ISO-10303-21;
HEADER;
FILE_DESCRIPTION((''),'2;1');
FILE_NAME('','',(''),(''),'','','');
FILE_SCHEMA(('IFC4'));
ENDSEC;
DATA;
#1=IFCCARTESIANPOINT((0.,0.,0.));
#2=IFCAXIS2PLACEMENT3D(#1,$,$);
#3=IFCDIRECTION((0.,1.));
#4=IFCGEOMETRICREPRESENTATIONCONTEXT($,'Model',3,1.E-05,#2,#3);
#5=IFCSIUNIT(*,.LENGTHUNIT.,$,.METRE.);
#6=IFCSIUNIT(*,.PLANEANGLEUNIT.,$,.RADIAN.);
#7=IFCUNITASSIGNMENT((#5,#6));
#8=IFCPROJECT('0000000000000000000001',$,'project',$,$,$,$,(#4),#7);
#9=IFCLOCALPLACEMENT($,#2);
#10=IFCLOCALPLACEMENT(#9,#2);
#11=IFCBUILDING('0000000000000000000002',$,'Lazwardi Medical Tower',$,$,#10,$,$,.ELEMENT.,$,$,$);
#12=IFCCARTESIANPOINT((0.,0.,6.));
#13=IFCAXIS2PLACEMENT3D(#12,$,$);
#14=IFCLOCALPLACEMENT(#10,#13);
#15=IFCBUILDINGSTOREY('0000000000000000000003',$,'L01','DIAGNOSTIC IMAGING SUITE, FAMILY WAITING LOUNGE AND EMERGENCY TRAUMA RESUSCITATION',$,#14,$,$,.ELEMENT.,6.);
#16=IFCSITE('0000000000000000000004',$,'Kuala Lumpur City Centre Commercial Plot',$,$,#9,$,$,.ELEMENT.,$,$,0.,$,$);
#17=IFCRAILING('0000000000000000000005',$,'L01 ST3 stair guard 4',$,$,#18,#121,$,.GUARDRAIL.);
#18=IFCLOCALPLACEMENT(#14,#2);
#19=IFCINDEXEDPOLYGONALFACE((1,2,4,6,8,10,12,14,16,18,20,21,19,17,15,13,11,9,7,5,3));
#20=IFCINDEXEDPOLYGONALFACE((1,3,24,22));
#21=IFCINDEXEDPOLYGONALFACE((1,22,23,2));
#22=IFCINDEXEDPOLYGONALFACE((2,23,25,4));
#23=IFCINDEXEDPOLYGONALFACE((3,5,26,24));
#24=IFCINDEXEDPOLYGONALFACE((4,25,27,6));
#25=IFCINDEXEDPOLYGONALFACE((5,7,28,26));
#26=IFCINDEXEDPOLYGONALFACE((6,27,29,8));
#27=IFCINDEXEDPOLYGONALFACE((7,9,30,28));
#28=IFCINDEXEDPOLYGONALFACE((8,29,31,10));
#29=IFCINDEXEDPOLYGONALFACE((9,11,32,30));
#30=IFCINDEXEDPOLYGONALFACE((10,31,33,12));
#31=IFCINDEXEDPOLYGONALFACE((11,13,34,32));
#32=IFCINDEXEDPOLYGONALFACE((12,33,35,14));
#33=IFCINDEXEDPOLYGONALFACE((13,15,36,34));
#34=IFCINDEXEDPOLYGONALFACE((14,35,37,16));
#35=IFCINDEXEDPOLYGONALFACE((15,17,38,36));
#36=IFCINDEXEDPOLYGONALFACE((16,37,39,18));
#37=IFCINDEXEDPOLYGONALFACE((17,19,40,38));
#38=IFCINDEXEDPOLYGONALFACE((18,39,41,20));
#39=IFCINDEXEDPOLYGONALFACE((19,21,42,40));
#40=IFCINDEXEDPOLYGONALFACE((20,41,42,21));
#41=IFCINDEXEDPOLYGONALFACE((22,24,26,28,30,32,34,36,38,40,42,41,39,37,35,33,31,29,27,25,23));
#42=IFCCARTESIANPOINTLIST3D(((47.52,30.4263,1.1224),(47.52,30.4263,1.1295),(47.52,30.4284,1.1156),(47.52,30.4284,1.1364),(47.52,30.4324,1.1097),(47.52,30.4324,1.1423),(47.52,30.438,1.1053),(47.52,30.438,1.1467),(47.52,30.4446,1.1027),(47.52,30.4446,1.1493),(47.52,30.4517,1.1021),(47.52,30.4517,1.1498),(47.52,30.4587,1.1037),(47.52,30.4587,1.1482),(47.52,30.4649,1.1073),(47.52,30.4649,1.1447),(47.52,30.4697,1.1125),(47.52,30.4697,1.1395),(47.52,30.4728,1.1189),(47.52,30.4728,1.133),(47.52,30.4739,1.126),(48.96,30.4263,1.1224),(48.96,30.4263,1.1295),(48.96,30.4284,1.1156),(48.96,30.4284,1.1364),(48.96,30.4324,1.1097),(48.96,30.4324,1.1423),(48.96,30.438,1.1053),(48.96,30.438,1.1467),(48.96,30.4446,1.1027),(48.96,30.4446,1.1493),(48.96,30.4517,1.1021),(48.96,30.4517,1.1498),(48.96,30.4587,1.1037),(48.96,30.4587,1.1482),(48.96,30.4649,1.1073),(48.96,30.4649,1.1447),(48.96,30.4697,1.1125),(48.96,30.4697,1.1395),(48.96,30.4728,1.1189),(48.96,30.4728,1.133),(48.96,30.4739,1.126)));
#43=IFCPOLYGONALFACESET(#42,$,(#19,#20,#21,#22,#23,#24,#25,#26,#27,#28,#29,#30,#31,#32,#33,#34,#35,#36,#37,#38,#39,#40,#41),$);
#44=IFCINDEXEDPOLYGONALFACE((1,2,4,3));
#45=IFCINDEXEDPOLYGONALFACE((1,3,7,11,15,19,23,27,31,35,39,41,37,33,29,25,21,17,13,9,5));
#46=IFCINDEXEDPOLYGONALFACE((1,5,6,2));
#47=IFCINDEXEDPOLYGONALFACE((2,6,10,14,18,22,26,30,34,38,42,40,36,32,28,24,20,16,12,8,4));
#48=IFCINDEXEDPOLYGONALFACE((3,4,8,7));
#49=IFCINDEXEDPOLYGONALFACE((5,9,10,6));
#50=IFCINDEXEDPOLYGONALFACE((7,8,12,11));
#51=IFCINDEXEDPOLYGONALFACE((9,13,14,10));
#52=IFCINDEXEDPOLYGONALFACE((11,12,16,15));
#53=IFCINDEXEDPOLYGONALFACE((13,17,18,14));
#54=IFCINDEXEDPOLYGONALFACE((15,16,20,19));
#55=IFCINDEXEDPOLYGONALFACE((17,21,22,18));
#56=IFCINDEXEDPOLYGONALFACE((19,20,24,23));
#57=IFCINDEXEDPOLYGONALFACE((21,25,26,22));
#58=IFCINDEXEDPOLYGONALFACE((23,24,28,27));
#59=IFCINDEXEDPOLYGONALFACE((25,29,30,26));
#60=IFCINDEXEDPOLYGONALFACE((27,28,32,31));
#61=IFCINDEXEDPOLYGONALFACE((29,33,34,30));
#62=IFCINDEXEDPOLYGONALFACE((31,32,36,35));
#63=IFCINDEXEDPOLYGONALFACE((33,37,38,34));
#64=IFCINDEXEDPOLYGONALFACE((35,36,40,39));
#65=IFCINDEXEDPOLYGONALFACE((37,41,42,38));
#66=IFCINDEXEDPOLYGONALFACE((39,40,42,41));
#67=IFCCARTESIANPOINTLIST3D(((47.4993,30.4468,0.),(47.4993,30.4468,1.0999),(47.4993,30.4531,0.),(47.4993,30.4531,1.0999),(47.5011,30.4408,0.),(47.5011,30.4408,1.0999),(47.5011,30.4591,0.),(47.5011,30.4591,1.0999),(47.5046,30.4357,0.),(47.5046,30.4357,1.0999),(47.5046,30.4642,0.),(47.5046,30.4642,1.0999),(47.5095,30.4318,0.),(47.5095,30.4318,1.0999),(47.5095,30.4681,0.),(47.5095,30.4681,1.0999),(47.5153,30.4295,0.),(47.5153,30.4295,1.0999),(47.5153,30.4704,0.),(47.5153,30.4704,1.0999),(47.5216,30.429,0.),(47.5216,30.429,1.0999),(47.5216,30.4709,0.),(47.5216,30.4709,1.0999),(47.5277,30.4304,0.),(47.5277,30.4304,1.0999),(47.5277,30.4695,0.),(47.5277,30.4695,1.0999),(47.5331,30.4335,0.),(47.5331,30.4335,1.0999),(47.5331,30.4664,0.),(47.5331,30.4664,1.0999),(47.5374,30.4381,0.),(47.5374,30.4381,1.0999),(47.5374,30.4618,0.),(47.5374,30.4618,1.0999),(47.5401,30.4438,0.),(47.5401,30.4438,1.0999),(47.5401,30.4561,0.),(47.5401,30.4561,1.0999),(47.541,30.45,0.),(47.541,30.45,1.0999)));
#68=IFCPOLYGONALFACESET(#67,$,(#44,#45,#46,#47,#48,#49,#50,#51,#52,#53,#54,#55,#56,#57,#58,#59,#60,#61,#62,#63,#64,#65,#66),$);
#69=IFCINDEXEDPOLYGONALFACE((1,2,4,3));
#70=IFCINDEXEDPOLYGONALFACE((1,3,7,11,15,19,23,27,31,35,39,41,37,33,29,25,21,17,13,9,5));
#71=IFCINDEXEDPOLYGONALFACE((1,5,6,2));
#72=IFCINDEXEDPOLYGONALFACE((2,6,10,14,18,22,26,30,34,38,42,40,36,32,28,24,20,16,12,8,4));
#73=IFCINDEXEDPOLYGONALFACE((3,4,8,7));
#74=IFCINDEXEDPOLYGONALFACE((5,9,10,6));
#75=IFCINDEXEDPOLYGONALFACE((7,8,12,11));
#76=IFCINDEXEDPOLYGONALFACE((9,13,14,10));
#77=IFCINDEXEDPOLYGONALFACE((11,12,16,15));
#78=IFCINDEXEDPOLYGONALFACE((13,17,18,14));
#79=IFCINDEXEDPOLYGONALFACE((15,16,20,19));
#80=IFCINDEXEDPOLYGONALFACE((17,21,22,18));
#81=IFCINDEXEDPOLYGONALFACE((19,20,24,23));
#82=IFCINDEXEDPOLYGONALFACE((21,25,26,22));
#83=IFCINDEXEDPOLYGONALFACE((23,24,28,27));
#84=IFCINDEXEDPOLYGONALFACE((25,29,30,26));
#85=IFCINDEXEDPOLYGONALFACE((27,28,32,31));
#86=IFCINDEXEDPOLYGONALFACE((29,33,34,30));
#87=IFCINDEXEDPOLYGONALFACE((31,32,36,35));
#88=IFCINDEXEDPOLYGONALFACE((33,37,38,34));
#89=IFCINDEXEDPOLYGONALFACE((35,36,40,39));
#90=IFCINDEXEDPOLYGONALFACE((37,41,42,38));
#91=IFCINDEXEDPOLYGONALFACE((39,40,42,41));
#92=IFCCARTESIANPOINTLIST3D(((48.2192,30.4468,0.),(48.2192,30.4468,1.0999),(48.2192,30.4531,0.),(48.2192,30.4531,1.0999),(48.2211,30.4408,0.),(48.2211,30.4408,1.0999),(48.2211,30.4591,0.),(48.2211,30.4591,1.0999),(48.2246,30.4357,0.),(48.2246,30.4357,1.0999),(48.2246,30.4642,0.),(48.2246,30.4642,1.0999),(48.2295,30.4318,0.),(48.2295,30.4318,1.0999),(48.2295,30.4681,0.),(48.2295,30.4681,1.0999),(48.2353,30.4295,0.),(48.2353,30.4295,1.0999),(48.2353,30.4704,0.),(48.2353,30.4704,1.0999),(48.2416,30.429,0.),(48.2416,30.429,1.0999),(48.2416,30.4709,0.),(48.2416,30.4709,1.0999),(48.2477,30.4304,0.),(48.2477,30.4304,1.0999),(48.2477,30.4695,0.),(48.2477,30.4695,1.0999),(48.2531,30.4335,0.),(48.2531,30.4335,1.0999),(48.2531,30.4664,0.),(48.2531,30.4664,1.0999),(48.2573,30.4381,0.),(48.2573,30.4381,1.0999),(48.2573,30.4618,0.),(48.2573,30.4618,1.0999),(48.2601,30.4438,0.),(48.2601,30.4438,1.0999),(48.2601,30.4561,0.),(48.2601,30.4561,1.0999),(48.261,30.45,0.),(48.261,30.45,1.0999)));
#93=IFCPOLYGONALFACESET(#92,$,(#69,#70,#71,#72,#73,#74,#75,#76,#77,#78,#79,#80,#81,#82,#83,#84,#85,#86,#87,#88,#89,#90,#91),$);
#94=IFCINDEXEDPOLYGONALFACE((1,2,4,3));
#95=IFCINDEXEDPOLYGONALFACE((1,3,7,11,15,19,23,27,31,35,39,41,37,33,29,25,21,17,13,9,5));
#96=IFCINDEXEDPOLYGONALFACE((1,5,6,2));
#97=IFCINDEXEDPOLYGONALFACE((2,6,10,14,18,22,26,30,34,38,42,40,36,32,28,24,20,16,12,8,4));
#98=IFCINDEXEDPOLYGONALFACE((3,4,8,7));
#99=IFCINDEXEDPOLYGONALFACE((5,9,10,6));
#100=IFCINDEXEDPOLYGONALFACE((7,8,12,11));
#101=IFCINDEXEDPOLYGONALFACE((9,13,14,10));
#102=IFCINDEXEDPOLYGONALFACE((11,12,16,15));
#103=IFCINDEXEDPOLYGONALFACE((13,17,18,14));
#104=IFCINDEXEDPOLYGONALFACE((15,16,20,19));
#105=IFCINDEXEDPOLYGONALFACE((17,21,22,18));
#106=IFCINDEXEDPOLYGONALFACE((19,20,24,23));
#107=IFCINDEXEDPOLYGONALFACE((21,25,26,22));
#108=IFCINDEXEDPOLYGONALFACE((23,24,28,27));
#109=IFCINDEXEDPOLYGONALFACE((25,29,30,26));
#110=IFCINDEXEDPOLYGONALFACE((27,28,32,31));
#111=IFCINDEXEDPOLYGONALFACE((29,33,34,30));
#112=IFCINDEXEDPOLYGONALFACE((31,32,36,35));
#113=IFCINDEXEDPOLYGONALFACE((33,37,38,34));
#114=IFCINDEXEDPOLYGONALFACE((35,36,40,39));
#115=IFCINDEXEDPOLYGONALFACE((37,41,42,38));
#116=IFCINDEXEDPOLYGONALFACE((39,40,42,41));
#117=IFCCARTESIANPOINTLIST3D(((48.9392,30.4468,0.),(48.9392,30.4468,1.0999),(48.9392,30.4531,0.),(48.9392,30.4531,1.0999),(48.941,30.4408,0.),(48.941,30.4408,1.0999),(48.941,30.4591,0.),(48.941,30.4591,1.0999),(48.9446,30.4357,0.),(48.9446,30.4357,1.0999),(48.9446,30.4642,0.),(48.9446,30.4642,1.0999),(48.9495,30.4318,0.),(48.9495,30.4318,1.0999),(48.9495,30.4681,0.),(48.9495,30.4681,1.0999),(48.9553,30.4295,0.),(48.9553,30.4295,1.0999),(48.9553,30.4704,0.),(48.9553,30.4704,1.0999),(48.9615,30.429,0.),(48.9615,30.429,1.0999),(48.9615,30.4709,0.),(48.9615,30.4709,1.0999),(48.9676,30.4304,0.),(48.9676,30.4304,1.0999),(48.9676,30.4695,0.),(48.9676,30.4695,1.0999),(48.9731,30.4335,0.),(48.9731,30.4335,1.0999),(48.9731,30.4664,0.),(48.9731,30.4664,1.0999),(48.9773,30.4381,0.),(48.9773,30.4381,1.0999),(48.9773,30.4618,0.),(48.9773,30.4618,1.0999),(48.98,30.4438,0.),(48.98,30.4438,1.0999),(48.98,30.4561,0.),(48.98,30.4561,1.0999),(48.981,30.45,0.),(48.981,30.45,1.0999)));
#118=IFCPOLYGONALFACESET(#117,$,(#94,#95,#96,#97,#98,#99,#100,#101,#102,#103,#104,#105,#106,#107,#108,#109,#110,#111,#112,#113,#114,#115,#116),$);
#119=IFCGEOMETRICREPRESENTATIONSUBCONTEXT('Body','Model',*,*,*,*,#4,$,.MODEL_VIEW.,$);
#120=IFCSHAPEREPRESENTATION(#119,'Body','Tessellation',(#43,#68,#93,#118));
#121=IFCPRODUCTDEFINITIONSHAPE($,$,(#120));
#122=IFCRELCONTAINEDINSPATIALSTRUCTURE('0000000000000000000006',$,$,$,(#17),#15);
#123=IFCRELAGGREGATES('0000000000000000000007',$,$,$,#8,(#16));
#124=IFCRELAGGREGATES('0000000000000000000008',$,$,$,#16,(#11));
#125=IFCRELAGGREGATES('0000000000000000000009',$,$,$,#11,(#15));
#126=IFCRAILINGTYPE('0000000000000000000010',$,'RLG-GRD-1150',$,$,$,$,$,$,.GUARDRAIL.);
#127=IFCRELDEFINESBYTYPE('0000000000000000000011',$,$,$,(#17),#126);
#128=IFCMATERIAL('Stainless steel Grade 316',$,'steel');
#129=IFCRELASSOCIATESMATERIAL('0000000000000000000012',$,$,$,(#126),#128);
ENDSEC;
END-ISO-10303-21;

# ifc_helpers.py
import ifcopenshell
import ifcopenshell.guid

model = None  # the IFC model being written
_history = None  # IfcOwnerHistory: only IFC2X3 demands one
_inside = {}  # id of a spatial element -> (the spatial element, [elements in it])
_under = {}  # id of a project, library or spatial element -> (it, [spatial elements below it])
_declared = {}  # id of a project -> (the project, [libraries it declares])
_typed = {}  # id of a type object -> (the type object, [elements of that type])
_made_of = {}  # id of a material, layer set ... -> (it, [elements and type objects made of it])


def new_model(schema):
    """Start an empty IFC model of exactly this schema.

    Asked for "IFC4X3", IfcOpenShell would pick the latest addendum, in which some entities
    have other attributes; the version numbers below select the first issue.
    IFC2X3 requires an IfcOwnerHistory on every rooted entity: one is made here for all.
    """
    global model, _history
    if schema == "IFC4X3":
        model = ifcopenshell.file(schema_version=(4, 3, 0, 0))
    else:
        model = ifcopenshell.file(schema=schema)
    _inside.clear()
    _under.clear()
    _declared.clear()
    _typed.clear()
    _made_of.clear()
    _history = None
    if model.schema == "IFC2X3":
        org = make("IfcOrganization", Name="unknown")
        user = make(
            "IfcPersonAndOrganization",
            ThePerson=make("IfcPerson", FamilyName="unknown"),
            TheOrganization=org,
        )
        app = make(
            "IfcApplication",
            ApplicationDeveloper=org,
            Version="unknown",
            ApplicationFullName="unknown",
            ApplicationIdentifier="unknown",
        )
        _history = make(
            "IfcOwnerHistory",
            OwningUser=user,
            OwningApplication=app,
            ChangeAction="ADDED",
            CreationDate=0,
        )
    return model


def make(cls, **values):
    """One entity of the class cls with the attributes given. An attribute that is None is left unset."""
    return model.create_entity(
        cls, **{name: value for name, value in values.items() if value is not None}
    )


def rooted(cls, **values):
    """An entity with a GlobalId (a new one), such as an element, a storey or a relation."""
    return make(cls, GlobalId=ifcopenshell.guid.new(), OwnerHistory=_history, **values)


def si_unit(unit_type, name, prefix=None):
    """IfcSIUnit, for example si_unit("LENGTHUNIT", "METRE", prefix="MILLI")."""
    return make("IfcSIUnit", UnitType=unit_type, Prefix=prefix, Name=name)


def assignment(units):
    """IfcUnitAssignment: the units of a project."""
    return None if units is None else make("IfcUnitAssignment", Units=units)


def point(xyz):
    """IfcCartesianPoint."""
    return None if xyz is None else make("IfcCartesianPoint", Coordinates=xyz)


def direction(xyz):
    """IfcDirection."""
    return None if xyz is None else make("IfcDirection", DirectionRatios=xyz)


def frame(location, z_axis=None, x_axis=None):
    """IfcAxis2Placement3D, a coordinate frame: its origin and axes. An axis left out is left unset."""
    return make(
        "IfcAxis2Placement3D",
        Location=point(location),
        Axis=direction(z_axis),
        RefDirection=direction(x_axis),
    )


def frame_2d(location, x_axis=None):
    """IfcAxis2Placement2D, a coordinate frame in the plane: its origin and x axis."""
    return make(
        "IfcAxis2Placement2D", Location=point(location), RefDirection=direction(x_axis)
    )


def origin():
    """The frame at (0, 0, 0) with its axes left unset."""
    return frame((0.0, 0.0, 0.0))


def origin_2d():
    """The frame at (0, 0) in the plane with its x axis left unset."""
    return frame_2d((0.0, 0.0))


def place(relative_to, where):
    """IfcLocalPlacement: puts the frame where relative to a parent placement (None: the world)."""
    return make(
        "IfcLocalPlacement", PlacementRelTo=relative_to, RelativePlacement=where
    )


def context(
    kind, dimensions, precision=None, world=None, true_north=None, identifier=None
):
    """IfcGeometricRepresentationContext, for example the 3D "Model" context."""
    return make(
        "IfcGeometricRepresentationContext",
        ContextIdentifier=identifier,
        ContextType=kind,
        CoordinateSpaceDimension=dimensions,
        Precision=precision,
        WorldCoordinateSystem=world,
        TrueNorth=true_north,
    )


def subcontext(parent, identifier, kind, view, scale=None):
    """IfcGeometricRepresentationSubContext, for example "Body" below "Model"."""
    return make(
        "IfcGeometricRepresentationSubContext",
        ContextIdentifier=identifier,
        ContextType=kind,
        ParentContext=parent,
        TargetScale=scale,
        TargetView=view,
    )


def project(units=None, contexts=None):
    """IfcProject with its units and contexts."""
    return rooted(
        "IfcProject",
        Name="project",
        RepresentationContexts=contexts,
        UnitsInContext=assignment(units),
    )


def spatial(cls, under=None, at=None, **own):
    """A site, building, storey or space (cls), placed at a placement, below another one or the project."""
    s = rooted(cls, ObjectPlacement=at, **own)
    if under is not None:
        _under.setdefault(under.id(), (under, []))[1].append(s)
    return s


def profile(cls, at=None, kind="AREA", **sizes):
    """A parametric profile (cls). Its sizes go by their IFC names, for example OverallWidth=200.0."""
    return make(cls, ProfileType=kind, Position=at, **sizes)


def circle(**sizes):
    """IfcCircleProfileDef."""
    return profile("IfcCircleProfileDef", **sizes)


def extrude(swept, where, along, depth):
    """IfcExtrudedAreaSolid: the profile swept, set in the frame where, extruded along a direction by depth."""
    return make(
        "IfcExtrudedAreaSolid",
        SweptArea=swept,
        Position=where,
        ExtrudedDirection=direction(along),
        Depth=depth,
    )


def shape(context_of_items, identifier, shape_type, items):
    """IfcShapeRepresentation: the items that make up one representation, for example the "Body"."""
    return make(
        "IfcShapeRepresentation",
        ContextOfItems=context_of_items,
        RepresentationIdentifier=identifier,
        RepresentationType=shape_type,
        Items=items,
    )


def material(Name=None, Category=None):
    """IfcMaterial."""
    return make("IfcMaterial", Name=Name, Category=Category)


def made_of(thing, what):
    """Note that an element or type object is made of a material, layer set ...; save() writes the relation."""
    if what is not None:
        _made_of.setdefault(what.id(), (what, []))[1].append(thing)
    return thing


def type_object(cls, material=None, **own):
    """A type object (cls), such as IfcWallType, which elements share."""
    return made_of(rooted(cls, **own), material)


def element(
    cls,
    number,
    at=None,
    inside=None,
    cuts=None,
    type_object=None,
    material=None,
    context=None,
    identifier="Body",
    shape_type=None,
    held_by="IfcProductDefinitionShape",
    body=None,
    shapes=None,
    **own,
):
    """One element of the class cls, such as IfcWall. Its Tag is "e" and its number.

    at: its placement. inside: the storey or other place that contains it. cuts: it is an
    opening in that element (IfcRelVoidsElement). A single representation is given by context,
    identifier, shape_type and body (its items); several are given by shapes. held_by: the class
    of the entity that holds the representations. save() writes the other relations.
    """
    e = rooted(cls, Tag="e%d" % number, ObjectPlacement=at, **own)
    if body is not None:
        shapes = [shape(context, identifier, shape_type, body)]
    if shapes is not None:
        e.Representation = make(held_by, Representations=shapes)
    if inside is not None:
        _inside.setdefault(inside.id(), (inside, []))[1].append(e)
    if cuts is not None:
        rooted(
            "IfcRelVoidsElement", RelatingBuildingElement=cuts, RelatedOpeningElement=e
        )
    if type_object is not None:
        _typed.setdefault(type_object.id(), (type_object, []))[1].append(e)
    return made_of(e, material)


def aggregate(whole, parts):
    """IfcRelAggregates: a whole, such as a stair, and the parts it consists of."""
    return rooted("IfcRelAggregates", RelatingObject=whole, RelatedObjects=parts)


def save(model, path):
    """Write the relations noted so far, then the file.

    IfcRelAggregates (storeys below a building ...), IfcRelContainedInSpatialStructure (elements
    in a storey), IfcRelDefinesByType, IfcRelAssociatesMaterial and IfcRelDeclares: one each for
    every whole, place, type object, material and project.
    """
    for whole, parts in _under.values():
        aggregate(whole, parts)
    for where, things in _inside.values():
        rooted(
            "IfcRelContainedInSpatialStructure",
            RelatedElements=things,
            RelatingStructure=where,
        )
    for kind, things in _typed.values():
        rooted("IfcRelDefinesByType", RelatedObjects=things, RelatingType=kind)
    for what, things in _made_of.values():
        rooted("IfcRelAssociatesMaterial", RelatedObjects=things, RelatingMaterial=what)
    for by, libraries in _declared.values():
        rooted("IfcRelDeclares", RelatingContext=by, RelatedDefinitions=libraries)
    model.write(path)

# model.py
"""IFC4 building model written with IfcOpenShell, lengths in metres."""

from ifc_helpers import new_model, si_unit, direction, frame, origin, origin_2d, place, context, subcontext, project, spatial, circle, extrude, material, type_object, element, save


model = new_model("IFC4")

# Units and contexts
model_context = context("Model", 3, precision=1e-05, world=origin(), true_north=direction((0.0, 1.0)))
body_context = subcontext(model_context, "Body", "Model", "MODEL_VIEW")
ifc_project = project(units=[si_unit("LENGTHUNIT", "METRE"), si_unit("PLANEANGLEUNIT", "RADIAN")], contexts=[model_context])

# Site, building, storey
site_placement = place(None, origin())
site = spatial("IfcSite", under=ifc_project, at=site_placement, Name="Kuala Lumpur City Centre Commercial Plot", CompositionType="ELEMENT", RefElevation=0.0)
building_placement = place(site_placement, origin())
building = spatial("IfcBuilding", under=site, at=building_placement, Name="Lazwardi Medical Tower", CompositionType="ELEMENT")
storey_placement = place(building_placement, frame((0.0, 0.0, 6.0)))
storey = spatial("IfcBuildingStorey", under=building, at=storey_placement, Name="L01", Description="DIAGNOSTIC IMAGING SUITE, FAMILY WAITING LOUNGE AND EMERGENCY TRAUMA RESUSCITATION", CompositionType="ELEMENT", Elevation=6.0)

# Railing
ifc_material_1 = material(Name="Stainless steel Grade 316", Category="steel")
railing_type_1 = type_object("IfcRailingType", Name="RLG-GRD-1150", PredefinedType="GUARDRAIL", material=ifc_material_1)
railing_1_placement = place(storey_placement, frame((47.52, 30.45, 0.0)))
element("IfcRailing", 1, at=railing_1_placement, inside=storey, type_object=railing_type_1, Name="L01 ST3 stair guard 4", PredefinedType="GUARDRAIL", context=body_context, shape_type="SweptSolid", body=[
    extrude(circle(Radius=0.0239, at=origin_2d()), frame((0.0, 0.0, 1.126), z_axis=(1.0, 0.0, 0.0), x_axis=(0.0, 1.0, 0.0)), (0.0, 0.0, 1.0), 1.4399),
    extrude(circle(Radius=0.021, at=origin_2d()), origin(), (0.0, 0.0, 1.0), 1.0999),
    extrude(circle(Radius=0.021, at=origin_2d()), frame((0.72, 0.0, 0.0)), (0.0, 0.0, 1.0), 1.0999),
    extrude(circle(Radius=0.021, at=origin_2d()), frame((1.4399, 0.0, 0.0)), (0.0, 0.0, 1.0), 1.0999),
])

save(model, "model.ifc")
